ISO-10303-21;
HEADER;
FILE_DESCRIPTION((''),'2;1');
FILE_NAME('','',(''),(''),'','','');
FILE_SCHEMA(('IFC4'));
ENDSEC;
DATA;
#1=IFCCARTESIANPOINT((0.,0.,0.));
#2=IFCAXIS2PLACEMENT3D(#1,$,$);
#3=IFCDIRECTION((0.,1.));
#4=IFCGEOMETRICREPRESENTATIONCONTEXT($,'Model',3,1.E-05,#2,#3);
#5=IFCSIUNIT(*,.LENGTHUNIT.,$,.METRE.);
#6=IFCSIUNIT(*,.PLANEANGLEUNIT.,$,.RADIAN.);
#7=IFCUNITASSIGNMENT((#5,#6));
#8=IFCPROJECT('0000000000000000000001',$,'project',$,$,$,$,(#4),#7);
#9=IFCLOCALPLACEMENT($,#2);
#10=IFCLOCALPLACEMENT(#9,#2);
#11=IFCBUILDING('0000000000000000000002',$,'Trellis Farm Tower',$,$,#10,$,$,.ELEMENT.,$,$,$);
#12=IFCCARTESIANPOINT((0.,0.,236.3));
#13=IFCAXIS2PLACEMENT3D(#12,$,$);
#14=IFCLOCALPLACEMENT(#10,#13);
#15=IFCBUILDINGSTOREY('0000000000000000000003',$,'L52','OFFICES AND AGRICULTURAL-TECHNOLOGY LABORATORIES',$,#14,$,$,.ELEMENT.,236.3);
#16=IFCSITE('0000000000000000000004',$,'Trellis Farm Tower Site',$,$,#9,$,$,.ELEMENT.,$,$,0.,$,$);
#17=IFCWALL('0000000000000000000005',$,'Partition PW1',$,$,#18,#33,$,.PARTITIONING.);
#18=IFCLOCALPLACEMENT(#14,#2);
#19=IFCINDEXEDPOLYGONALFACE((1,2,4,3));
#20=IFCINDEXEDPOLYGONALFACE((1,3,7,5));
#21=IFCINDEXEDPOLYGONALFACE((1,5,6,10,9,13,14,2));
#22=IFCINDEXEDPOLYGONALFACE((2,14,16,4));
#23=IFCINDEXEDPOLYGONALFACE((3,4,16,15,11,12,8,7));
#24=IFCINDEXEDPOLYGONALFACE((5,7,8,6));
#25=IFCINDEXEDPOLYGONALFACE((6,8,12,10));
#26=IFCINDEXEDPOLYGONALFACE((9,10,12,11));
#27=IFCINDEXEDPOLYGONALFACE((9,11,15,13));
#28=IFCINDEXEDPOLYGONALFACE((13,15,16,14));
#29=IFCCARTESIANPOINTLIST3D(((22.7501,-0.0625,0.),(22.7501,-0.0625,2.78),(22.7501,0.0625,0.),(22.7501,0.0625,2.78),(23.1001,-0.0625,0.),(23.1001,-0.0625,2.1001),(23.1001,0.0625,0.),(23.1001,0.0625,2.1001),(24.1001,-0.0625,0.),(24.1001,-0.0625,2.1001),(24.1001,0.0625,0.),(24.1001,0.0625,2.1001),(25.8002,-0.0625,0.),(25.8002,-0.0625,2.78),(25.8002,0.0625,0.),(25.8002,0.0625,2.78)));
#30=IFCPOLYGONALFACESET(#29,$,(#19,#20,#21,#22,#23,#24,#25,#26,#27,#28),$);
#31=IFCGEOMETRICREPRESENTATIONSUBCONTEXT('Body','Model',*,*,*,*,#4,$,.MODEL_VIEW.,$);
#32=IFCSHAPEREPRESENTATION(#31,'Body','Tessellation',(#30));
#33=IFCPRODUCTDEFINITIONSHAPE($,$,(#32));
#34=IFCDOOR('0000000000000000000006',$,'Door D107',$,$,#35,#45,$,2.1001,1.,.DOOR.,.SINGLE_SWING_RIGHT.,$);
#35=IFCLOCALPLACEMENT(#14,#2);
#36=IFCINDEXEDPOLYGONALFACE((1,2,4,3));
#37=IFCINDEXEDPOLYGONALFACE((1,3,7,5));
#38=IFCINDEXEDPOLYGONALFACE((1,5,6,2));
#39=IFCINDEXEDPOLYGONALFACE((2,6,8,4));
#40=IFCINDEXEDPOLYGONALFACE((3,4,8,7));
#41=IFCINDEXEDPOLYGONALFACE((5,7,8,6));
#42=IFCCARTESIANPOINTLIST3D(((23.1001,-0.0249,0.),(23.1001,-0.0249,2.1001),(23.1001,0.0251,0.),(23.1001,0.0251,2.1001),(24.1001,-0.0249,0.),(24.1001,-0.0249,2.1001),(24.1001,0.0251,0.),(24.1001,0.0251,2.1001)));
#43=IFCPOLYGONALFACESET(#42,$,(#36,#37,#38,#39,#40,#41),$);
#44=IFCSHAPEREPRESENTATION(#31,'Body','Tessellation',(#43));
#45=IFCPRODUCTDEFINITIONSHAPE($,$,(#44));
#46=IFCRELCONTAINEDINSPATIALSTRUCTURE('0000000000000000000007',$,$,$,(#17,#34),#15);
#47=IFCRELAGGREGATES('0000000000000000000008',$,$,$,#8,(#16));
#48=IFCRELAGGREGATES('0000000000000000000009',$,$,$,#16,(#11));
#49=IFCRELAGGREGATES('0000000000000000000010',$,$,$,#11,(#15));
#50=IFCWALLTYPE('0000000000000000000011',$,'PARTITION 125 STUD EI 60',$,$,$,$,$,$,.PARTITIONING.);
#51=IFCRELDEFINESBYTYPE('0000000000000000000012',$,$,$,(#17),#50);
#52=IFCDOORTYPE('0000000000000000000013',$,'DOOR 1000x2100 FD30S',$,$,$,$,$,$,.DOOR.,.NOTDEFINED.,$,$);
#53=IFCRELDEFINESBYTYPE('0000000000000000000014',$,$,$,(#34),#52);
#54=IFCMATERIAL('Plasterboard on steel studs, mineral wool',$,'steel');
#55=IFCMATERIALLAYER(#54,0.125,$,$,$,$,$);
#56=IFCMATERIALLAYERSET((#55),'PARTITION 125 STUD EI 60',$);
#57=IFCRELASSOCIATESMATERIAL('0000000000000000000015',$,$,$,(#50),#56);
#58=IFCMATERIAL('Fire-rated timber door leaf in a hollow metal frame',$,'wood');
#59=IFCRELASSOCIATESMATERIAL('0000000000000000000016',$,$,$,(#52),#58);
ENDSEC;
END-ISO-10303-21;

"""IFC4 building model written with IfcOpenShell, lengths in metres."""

from ifc_helpers import new_model, si_unit, direction, frame, frame_2d, origin, place, context, subcontext, project, spatial, rectangle, extrude, source, transform, mapped, material, layer, layer_set, type_object, element, fill, save


model = new_model("IFC4")

# Units and contexts
model_context = context("Model", 3, precision=1e-05, world=origin(), true_north=direction((0.0, 1.0)))
body_context = subcontext(model_context, "Body", "Model", "MODEL_VIEW")
ifc_project = project(units=[si_unit("LENGTHUNIT", "METRE"), si_unit("PLANEANGLEUNIT", "RADIAN")], contexts=[model_context])

# Site, building, storey
site_placement = place(None, origin())
site = spatial("IfcSite", under=ifc_project, at=site_placement, Name="Trellis Farm Tower Site", CompositionType="ELEMENT", RefElevation=0.0)
building_placement = place(site_placement, origin())
building = spatial("IfcBuilding", under=site, at=building_placement, Name="Trellis Farm Tower", CompositionType="ELEMENT")
storey_placement = place(building_placement, frame((0.0, 0.0, 236.3)))
storey = spatial("IfcBuildingStorey", under=building, at=storey_placement, Name="L52", Description="OFFICES AND AGRICULTURAL-TECHNOLOGY LABORATORIES", CompositionType="ELEMENT", Elevation=236.3)

# Wall, opening, door
ifc_material_1 = material(Name="Plasterboard on steel studs, mineral wool", Category="steel")
ifc_layer_1 = layer(ifc_material_1, 0.125)
ifc_layer_set_1 = layer_set([ifc_layer_1], Name="PARTITION 125 STUD EI 60")
wall_type_1 = type_object("IfcWallType", Name="PARTITION 125 STUD EI 60", PredefinedType="PARTITIONING", material=ifc_layer_set_1)
shared_shape_1 = source(origin(), body_context, "Body", "SweptSolid", [
    extrude(rectangle(XDim=3.05, YDim=0.125, at=frame_2d((1.5249, 0.0))), origin(), (0.0, 0.0, 1.0), 2.78),
])
wall_1_placement = place(storey_placement, frame((25.8, 0.0, 0.0), z_axis=(0.0, 0.0, 1.0), x_axis=(-1.0, 0.0, 0.0)))
wall_1 = element("IfcWall", 1, at=wall_1_placement, inside=storey, type_object=wall_type_1, Name="Partition PW1", PredefinedType="PARTITIONING", context=body_context, shape_type="MappedRepresentation", body=[
    mapped(shared_shape_1, transform((0.0, 0.0, 0.0))),
])
shared_shape_2 = source(origin(), body_context, "Body", "SweptSolid", [
    extrude(rectangle(XDim=1.0, YDim=2.1001, at=frame_2d((0.5, 1.05))), frame((0.0, 0.0725, 0.0), z_axis=(0.0, -1.0, 0.0), x_axis=(1.0, 0.0, 0.0)), (0.0, 0.0, 1.0), 0.145),
])
opening_1_placement = place(wall_1_placement, frame((1.7, 0.0, 0.0)))
opening_1 = element("IfcOpeningElement", 2, at=opening_1_placement, cuts=wall_1, PredefinedType="OPENING", context=body_context, shape_type="MappedRepresentation", body=[
    mapped(shared_shape_2, transform((0.0, 0.0, 0.0))),
])
ifc_material_2 = material(Name="Fire-rated timber door leaf in a hollow metal frame", Category="wood")
door_type_1 = type_object("IfcDoorType", Name="DOOR 1000x2100 FD30S", OperationType="NOTDEFINED", PredefinedType="DOOR", material=ifc_material_2)
shared_shape_3 = source(origin(), body_context, "Body", "SweptSolid", [
    extrude(rectangle(XDim=1.0, YDim=2.1001, at=frame_2d((0.5, 1.05))), frame((0.0, 0.0249, 0.0), z_axis=(0.0, -1.0, 0.0), x_axis=(1.0, 0.0, 0.0)), (0.0, 0.0, 1.0), 0.05),
])
door_1_placement = place(opening_1_placement, origin())
door_1 = element("IfcDoor", 3, at=door_1_placement, inside=storey, type_object=door_type_1, Name="Door D107", OperationType="SINGLE_SWING_RIGHT", OverallHeight=2.1001, OverallWidth=1.0, PredefinedType="DOOR", context=body_context, shape_type="MappedRepresentation", body=[
    mapped(shared_shape_3, transform((0.0, 0.0, 0.0))),
])
fill(opening_1, door_1)

save(model, "model.ifc")
